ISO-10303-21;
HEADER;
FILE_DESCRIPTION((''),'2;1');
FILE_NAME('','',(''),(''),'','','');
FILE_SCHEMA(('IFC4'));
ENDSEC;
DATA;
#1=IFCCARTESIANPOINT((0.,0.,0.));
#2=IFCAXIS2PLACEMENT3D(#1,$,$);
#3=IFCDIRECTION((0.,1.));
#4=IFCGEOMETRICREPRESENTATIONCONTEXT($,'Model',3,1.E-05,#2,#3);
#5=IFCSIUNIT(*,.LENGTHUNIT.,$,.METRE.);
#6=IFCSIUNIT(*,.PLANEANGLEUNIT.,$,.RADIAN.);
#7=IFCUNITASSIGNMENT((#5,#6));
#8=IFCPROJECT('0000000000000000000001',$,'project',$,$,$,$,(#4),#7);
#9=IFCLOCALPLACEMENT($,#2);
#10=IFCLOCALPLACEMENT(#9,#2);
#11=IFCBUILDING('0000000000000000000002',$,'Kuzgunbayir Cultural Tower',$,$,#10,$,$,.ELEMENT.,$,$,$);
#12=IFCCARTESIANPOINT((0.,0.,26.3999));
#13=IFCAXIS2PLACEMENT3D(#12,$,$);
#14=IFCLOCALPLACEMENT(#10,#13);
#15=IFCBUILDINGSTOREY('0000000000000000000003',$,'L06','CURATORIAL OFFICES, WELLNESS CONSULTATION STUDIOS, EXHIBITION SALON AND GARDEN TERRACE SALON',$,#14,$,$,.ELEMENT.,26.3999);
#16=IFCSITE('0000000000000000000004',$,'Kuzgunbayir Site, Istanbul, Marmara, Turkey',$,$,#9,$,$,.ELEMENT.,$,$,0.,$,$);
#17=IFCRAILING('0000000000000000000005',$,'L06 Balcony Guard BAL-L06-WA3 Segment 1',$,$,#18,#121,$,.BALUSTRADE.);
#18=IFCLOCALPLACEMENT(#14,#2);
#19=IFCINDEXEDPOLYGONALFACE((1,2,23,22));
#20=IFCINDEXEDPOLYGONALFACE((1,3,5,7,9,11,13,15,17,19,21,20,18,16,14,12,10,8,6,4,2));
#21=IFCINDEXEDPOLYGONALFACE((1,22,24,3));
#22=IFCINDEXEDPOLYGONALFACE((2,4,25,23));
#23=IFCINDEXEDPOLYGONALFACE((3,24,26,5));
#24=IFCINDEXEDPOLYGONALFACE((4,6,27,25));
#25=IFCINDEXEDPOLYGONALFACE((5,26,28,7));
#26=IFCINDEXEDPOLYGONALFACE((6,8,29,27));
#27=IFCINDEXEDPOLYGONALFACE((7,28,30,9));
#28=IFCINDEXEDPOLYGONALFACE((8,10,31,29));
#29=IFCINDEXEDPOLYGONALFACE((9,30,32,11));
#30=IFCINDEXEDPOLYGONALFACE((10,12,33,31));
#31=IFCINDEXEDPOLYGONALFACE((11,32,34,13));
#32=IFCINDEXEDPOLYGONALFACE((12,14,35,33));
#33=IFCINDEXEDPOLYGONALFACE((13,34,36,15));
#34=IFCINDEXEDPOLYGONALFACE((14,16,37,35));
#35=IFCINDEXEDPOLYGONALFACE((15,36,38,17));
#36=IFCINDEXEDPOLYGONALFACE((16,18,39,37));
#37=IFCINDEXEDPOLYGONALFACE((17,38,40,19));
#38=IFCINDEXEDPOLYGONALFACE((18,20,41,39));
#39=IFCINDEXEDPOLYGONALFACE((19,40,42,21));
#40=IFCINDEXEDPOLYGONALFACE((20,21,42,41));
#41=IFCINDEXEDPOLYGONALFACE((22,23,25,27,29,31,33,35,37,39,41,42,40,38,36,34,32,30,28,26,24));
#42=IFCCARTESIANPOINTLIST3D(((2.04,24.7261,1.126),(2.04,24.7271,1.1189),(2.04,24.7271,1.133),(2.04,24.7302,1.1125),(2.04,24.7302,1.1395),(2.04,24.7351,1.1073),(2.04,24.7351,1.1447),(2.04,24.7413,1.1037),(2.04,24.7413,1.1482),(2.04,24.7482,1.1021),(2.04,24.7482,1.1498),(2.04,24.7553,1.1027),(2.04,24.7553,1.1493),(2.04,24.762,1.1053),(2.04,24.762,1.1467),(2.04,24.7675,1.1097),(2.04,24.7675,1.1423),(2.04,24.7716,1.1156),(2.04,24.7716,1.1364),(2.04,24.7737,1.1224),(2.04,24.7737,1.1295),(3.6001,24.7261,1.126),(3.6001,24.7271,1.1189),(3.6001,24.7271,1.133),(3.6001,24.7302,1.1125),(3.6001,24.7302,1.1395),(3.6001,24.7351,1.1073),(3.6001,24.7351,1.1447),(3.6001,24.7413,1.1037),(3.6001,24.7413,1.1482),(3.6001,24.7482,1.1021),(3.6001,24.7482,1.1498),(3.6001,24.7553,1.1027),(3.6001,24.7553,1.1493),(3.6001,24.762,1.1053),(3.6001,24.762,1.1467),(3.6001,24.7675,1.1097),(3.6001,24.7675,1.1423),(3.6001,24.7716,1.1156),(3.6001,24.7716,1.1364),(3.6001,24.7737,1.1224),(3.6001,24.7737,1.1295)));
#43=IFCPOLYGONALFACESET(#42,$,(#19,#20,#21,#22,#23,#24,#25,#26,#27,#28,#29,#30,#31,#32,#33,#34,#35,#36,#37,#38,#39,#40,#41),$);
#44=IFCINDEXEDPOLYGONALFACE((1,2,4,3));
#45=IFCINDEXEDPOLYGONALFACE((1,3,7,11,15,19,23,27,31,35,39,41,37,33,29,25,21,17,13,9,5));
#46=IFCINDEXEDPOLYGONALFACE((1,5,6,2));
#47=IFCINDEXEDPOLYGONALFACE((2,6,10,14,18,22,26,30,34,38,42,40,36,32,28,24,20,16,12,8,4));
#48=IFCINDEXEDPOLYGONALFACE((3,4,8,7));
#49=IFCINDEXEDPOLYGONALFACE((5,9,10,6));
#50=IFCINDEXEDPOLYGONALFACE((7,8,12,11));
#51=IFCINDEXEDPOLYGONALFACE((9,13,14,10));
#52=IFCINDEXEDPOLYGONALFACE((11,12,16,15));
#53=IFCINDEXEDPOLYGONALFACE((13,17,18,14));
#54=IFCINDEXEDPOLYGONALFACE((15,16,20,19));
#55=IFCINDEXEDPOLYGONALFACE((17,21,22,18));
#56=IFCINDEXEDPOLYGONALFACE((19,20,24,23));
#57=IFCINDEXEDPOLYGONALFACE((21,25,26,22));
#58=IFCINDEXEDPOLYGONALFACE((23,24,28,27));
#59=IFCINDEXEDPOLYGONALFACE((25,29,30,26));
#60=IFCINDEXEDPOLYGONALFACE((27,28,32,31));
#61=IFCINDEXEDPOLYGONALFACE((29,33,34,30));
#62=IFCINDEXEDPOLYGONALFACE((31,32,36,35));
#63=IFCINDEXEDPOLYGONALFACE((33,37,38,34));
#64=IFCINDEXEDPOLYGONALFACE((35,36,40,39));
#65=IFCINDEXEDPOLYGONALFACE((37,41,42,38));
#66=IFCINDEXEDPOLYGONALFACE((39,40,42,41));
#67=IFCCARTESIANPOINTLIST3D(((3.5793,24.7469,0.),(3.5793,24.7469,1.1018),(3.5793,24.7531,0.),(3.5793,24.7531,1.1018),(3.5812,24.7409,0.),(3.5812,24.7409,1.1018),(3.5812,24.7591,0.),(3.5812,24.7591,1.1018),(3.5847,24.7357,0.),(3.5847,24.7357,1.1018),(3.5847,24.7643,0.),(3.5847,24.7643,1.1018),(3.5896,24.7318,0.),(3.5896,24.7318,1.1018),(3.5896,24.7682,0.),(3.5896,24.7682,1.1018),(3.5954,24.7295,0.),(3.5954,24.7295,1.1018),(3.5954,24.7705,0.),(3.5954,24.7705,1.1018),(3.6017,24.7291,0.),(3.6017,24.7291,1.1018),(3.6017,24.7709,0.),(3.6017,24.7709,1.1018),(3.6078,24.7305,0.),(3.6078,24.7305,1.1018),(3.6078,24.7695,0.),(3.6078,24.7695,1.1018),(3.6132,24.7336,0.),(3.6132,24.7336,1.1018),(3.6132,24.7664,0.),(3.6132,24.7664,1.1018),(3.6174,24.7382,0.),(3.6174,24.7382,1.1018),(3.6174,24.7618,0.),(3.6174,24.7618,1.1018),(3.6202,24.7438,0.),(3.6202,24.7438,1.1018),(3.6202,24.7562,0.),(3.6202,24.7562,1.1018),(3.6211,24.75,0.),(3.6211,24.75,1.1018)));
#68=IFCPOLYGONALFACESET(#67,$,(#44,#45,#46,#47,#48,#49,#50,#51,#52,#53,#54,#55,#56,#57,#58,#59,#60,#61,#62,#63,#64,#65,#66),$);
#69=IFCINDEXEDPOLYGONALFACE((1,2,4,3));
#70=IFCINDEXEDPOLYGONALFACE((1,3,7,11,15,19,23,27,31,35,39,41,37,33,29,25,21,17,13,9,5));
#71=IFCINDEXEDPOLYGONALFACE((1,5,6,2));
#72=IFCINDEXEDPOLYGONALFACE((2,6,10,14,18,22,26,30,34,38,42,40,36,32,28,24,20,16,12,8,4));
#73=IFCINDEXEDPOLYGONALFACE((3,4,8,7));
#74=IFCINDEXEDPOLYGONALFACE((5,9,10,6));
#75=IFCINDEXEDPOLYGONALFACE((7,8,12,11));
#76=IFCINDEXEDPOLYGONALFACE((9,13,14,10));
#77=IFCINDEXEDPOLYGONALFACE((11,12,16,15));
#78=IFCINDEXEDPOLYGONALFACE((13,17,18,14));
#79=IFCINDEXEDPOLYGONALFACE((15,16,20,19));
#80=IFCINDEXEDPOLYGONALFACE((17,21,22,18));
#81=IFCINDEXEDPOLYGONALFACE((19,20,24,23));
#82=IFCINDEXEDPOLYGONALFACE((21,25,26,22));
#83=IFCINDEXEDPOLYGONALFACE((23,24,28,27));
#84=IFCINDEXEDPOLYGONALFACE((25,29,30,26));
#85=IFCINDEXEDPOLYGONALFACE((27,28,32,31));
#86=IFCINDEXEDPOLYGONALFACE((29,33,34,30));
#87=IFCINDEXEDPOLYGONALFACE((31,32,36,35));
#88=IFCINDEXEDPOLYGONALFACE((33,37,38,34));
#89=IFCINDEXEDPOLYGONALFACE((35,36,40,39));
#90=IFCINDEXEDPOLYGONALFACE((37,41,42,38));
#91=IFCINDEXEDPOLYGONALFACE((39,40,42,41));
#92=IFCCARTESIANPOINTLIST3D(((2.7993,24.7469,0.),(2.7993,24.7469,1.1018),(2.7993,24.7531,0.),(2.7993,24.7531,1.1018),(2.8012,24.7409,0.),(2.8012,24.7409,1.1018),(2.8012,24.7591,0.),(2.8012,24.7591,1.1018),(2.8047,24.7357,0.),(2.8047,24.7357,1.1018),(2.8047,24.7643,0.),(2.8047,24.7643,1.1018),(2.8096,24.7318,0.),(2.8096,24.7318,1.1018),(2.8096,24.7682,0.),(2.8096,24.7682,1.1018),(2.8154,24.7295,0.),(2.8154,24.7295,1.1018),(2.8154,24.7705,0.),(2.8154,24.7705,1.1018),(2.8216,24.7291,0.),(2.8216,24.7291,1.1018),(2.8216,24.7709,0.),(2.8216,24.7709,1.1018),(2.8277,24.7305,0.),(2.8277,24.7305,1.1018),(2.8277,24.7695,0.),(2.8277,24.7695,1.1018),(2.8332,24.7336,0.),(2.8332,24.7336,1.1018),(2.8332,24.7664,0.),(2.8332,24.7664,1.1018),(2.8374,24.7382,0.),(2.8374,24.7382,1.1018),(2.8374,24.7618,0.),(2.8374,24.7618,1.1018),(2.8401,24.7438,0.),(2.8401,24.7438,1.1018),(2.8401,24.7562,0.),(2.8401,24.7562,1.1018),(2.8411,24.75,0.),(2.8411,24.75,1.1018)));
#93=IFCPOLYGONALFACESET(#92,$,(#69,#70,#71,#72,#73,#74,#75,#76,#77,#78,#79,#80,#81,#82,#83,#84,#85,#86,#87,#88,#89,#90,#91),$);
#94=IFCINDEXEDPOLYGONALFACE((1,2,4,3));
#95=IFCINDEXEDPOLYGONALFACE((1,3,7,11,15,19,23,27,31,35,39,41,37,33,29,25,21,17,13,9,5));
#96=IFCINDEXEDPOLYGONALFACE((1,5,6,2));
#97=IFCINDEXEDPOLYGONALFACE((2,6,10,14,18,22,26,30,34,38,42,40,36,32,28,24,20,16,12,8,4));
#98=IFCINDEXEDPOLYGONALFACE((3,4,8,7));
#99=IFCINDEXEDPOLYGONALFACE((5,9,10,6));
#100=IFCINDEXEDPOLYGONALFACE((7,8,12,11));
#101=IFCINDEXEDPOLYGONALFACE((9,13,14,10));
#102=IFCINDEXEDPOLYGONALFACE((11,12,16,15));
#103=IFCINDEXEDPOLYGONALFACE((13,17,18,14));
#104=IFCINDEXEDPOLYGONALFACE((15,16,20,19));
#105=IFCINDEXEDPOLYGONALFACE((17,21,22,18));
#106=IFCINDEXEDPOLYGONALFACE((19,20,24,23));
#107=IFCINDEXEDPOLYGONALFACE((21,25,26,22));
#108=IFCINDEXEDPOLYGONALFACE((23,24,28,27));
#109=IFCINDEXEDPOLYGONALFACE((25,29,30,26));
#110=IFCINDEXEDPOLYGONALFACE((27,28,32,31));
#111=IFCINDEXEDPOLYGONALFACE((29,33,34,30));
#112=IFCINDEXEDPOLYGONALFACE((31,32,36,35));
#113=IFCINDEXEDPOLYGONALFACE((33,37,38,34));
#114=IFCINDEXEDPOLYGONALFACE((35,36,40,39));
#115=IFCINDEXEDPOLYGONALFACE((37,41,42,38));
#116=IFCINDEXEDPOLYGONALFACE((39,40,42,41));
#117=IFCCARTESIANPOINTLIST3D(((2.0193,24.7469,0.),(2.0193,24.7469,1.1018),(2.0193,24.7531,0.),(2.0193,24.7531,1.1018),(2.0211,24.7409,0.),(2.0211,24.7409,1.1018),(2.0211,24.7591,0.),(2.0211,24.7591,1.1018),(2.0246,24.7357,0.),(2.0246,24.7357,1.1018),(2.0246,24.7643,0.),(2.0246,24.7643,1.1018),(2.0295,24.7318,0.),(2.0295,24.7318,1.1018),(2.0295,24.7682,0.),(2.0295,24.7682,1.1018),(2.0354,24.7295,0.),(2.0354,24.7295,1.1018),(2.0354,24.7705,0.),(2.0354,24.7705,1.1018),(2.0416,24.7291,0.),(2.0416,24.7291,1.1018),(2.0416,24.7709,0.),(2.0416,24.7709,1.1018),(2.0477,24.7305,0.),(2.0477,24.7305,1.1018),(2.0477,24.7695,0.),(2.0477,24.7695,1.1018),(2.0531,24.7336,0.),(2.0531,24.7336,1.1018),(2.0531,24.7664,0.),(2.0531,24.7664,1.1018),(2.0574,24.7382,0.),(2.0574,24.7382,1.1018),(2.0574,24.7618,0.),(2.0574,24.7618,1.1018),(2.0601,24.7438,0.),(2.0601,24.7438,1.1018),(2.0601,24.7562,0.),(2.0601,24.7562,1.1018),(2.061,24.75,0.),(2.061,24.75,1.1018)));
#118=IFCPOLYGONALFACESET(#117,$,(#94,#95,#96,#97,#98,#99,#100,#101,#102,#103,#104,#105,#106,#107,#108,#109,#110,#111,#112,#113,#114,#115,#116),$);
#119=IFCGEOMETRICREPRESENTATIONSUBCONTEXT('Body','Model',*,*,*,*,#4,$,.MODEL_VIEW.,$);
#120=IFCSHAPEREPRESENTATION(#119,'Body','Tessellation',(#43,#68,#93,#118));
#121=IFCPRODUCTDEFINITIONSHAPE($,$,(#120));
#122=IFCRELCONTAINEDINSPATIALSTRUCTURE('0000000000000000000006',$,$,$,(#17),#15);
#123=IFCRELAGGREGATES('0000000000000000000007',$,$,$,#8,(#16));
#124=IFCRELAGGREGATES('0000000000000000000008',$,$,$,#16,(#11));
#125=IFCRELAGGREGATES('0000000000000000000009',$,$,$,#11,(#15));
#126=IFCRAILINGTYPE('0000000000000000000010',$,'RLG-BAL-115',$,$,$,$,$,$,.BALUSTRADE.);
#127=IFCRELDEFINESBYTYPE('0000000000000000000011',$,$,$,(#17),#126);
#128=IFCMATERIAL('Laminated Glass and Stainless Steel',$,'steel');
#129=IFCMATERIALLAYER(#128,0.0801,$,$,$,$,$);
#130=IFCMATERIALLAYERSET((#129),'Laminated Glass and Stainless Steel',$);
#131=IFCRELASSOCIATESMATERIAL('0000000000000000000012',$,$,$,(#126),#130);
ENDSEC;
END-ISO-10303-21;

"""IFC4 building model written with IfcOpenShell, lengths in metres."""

from ifc_helpers import new_model, si_unit, direction, frame, origin, origin_2d, place, context, subcontext, project, spatial, circle, extrude, material, layer, layer_set, type_object, element, save


model = new_model("IFC4")

# Units and contexts
model_context = context("Model", 3, precision=1e-05, world=origin(), true_north=direction((0.0, 1.0)))
body_context = subcontext(model_context, "Body", "Model", "MODEL_VIEW")
ifc_project = project(units=[si_unit("LENGTHUNIT", "METRE"), si_unit("PLANEANGLEUNIT", "RADIAN")], contexts=[model_context])

# Site, building, storey
site_placement = place(None, origin())
site = spatial("IfcSite", under=ifc_project, at=site_placement, Name="Kuzgunbayir Site, Istanbul, Marmara, Turkey", CompositionType="ELEMENT", RefElevation=0.0)
building_placement = place(site_placement, origin())
building = spatial("IfcBuilding", under=site, at=building_placement, Name="Kuzgunbayir Cultural Tower", CompositionType="ELEMENT")
storey_placement = place(building_placement, frame((0.0, 0.0, 26.3999)))
storey = spatial("IfcBuildingStorey", under=building, at=storey_placement, Name="L06", Description="CURATORIAL OFFICES, WELLNESS CONSULTATION STUDIOS, EXHIBITION SALON AND GARDEN TERRACE SALON", CompositionType="ELEMENT", Elevation=26.3999)

# Railing
ifc_material_1 = material(Name="Laminated Glass and Stainless Steel", Category="steel")
ifc_layer_1 = layer(ifc_material_1, 0.0801)
ifc_layer_set_1 = layer_set([ifc_layer_1], Name="Laminated Glass and Stainless Steel")
railing_type = type_object("IfcRailingType", Name="RLG-BAL-115", PredefinedType="BALUSTRADE", material=ifc_layer_set_1)
railing_1_placement = place(storey_placement, frame((3.6001, 24.75, 0.0)))
element("IfcRailing", 1, at=railing_1_placement, inside=storey, type_object=railing_type, Name="L06 Balcony Guard BAL-L06-WA3 Segment 1", PredefinedType="BALUSTRADE", context=body_context, shape_type="SweptSolid", body=[
    extrude(circle(Radius=0.0239, at=origin_2d()), frame((0.0, 0.0, 1.126), z_axis=(-1.0, 0.0, 0.0), x_axis=(0.0, -1.0, 0.0)), (0.0, 0.0, 1.0), 1.5601),
    extrude(circle(Radius=0.021, at=origin_2d()), origin(), (0.0, 0.0, 1.0), 1.1018),
    extrude(circle(Radius=0.021, at=origin_2d()), frame((-0.78, 0.0, 0.0)), (0.0, 0.0, 1.0), 1.1018),
    extrude(circle(Radius=0.021, at=origin_2d()), frame((-1.5601, 0.0, 0.0)), (0.0, 0.0, 1.0), 1.1018),
])

save(model, "model.ifc")
